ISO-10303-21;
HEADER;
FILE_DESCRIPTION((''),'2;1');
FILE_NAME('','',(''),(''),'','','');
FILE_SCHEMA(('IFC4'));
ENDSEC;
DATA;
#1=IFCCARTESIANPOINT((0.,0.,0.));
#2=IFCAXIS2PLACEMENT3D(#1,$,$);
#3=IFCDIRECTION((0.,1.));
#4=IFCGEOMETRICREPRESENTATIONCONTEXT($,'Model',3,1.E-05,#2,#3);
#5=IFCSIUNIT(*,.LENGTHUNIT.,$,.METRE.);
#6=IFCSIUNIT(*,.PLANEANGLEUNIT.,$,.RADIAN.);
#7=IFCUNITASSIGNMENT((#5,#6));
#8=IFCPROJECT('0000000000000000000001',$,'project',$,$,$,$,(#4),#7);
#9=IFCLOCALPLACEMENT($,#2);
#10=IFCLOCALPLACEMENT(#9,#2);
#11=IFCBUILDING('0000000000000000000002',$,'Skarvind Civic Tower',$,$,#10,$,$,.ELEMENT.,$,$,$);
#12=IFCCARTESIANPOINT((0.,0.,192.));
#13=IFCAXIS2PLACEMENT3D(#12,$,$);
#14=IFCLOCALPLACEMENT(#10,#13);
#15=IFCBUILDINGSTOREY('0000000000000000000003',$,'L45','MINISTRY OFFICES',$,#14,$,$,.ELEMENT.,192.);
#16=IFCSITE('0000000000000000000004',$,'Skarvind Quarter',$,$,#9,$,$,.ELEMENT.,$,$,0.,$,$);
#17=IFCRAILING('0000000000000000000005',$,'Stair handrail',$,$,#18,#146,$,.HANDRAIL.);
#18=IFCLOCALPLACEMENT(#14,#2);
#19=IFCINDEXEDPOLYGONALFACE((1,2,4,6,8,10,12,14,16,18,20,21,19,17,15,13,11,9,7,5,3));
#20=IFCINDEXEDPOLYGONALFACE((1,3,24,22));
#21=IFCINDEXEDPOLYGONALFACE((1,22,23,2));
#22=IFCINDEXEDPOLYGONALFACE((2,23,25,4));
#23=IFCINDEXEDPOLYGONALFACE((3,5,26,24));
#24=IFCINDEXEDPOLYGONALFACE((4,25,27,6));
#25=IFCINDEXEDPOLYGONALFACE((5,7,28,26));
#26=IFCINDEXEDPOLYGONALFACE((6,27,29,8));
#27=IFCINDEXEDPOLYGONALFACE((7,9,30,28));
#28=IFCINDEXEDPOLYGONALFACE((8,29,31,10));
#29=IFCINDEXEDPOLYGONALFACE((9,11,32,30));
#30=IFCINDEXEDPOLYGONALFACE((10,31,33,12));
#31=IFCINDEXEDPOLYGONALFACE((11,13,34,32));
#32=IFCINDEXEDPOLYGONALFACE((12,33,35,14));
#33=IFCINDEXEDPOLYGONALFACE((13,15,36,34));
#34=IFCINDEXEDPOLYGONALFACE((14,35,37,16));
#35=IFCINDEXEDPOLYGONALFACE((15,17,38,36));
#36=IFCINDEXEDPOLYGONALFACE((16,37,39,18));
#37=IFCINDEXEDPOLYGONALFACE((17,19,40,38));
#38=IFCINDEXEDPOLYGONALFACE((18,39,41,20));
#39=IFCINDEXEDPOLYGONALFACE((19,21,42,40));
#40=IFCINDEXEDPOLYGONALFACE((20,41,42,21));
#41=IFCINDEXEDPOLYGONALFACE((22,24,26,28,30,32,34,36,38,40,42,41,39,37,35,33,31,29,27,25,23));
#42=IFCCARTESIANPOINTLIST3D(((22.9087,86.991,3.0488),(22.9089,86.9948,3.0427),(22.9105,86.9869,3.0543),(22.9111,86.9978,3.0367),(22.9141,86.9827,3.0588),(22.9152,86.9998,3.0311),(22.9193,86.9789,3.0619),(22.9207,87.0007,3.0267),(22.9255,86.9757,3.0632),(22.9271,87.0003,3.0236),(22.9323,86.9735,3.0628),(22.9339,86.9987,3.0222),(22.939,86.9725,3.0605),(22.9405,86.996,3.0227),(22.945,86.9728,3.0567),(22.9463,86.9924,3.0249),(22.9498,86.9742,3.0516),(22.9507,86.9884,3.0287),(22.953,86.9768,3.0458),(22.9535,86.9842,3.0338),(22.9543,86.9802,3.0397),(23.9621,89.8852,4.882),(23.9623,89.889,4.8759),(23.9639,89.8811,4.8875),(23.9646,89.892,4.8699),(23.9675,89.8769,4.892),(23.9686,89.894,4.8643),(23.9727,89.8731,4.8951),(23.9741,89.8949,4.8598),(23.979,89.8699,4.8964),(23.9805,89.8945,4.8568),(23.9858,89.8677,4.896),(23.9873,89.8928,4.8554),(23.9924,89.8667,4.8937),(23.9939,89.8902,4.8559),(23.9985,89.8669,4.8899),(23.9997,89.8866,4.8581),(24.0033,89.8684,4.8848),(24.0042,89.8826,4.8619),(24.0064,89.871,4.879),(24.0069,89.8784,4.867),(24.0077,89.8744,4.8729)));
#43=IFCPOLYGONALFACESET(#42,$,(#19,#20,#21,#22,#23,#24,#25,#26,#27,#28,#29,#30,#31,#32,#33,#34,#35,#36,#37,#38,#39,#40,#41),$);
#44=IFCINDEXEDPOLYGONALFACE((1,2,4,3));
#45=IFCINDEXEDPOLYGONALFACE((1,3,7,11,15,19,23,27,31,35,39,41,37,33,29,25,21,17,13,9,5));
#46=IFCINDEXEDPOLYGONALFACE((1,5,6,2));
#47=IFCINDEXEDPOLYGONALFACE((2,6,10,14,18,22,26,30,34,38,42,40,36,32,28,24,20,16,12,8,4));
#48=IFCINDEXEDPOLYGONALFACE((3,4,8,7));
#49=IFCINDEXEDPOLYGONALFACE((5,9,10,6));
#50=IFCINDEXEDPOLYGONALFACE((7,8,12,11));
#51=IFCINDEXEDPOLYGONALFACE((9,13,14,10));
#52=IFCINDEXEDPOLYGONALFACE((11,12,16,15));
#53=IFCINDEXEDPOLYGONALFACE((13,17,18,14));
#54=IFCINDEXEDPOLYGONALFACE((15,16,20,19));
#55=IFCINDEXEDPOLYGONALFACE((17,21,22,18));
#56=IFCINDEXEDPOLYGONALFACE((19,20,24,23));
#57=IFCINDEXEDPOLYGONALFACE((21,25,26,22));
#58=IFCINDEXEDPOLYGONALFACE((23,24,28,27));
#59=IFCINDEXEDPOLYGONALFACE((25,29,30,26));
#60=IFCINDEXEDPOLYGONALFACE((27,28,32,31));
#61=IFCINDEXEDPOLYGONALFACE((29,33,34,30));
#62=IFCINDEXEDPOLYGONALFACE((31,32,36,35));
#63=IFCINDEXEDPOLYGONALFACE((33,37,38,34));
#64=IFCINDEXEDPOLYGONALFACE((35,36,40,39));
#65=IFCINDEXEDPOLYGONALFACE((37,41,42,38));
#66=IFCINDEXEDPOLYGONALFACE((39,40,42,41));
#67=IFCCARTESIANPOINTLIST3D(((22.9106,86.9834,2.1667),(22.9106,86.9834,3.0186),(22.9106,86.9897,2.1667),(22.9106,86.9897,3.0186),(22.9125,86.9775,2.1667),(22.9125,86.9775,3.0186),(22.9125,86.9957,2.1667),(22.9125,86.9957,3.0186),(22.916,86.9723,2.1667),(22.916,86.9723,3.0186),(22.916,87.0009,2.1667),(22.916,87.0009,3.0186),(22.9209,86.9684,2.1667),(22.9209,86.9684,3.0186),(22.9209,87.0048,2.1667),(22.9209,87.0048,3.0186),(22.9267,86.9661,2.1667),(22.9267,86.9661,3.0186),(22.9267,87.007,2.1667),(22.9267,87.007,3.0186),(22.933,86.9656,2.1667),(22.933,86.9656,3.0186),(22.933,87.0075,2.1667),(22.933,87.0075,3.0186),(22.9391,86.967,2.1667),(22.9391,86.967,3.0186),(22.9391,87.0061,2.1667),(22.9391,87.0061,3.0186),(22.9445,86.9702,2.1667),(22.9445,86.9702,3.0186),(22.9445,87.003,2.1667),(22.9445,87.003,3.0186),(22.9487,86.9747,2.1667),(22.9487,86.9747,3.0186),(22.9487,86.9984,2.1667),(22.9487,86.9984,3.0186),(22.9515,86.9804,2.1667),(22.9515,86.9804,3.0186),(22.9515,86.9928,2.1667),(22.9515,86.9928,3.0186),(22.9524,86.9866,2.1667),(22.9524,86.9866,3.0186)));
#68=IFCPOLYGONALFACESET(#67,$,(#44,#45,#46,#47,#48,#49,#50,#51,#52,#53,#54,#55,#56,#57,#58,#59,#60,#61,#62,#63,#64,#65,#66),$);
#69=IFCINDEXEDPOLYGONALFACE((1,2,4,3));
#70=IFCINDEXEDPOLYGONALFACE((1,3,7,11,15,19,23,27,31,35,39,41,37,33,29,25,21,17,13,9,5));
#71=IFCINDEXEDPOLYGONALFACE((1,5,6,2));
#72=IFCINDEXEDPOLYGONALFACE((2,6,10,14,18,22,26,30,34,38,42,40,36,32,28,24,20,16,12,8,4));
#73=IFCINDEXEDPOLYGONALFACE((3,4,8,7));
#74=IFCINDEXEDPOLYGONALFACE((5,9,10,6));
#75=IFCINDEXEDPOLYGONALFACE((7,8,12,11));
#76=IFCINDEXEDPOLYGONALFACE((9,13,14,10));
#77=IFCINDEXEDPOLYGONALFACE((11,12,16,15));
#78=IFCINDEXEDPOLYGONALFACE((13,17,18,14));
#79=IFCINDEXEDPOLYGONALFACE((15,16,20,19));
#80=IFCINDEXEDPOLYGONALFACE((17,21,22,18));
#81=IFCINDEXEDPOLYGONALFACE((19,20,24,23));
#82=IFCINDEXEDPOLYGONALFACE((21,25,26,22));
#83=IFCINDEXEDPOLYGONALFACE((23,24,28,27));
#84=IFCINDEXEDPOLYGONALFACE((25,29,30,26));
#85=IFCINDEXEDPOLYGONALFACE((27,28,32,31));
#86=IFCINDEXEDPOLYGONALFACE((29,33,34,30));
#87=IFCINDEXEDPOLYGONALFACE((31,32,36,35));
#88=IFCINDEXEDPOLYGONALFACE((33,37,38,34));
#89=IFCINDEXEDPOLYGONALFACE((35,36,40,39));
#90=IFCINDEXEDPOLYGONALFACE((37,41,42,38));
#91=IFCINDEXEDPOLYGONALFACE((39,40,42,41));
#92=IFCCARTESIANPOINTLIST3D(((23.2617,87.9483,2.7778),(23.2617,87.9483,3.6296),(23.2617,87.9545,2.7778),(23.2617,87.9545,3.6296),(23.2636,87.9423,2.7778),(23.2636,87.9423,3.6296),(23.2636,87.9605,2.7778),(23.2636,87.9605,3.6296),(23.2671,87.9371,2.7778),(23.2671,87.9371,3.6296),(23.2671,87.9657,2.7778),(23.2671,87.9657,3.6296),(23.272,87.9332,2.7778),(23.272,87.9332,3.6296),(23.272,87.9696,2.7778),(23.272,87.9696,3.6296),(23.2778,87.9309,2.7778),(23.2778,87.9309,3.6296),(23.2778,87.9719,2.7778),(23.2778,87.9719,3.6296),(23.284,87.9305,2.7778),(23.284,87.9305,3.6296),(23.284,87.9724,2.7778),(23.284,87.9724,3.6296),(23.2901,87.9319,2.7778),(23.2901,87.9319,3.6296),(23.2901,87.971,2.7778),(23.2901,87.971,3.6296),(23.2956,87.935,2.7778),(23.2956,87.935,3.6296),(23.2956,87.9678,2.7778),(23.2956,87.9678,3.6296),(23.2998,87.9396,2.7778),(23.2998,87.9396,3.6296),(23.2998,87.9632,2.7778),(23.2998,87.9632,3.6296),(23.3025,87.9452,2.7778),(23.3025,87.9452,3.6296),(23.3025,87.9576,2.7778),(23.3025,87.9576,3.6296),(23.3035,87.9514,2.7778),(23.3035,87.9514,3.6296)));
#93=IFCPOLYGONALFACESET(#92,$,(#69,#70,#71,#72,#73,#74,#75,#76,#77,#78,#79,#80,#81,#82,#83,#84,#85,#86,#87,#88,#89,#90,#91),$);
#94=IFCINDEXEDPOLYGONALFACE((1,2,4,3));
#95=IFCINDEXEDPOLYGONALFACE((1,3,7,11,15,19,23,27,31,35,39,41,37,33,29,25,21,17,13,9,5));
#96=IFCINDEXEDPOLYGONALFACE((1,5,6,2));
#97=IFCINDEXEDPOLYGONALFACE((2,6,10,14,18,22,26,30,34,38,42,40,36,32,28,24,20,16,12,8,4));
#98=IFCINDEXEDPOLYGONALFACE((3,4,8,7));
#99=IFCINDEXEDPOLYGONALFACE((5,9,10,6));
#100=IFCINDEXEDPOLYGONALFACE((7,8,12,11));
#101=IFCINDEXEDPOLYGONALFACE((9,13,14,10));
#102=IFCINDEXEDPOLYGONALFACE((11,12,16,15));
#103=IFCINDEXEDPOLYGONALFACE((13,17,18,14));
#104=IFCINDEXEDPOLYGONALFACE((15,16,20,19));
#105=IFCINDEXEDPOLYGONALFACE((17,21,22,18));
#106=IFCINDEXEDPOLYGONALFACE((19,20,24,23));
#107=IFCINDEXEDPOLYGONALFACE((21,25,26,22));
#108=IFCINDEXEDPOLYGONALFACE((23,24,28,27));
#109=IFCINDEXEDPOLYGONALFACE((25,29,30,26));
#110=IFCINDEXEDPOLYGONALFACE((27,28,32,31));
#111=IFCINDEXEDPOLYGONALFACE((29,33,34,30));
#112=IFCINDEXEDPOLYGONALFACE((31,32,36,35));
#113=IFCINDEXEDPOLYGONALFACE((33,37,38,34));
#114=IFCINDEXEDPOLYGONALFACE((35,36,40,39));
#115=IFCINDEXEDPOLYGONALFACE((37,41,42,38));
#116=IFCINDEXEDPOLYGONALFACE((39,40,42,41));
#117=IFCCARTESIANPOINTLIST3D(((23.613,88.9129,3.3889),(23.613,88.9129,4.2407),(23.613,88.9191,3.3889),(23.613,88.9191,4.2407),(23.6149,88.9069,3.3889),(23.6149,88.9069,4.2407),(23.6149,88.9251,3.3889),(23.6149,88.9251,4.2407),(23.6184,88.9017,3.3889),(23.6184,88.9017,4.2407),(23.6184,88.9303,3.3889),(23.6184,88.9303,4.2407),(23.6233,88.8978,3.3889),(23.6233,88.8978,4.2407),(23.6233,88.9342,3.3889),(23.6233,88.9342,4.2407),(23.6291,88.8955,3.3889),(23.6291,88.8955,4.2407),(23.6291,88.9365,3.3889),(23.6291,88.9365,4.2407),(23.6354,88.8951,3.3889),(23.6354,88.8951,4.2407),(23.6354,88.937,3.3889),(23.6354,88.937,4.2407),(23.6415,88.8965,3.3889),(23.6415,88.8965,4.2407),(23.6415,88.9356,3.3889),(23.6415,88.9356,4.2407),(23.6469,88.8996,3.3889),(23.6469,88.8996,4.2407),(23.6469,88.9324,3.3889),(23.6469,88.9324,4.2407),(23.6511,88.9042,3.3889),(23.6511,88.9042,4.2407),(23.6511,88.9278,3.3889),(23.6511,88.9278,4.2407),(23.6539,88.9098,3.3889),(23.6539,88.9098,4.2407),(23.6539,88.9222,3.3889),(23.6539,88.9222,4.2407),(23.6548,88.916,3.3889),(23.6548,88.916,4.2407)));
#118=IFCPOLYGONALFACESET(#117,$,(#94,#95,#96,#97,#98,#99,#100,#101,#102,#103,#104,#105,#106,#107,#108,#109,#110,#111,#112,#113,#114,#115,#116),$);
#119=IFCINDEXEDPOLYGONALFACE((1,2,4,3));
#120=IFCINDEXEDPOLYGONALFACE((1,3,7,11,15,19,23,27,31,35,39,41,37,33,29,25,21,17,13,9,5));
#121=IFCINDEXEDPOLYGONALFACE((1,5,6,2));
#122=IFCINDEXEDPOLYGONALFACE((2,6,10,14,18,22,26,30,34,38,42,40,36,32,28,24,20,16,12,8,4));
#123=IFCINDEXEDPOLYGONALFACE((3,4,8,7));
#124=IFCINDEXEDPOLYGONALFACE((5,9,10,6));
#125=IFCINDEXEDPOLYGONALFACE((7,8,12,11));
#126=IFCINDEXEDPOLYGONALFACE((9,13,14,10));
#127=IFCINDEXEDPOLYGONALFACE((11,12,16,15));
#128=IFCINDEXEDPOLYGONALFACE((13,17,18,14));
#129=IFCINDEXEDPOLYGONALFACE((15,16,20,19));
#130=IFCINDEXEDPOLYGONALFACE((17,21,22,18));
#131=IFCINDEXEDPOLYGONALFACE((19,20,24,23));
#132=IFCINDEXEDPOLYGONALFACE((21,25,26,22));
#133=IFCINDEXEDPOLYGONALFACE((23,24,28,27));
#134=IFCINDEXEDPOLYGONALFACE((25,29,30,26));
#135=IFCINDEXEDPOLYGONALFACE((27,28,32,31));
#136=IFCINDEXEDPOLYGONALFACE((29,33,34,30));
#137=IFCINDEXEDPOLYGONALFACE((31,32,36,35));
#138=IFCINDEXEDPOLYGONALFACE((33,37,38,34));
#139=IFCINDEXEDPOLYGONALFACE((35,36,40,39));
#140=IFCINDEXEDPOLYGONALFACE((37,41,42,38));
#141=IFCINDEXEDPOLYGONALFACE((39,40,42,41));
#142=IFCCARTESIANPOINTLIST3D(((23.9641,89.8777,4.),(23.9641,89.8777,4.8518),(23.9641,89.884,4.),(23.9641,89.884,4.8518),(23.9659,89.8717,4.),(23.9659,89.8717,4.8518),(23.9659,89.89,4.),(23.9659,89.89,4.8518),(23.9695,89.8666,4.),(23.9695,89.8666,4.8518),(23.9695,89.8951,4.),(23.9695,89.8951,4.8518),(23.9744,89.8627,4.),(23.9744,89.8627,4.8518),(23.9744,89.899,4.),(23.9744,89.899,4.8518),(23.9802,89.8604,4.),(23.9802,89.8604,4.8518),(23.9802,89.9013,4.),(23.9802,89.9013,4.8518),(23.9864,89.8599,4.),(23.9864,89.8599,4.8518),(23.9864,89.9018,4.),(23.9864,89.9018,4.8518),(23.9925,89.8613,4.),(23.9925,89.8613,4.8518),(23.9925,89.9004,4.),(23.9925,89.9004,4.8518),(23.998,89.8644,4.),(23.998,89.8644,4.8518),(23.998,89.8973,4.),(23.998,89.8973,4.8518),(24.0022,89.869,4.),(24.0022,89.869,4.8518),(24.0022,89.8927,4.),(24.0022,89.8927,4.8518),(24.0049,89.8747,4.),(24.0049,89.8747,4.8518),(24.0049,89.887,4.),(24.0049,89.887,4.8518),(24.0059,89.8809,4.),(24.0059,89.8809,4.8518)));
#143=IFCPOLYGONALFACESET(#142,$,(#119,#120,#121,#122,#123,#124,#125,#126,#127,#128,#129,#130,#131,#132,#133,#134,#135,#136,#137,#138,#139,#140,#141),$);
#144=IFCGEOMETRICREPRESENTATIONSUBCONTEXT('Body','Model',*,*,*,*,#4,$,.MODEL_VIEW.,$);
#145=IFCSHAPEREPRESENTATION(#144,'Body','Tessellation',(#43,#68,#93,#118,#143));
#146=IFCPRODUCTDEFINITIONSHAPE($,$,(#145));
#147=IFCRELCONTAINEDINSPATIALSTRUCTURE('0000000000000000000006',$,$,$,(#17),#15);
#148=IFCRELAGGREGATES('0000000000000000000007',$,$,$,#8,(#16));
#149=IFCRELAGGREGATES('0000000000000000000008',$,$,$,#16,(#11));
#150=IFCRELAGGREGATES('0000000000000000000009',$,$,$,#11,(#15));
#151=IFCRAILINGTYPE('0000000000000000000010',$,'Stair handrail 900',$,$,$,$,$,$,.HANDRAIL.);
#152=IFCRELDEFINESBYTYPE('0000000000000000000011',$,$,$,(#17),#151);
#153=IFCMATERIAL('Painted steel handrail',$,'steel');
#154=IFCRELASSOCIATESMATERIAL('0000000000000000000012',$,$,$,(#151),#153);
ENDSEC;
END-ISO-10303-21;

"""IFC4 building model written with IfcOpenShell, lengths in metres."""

from ifc_helpers import new_model, si_unit, direction, frame, origin, origin_2d, place, context, subcontext, project, spatial, circle, extrude, material, type_object, element, save


model = new_model("IFC4")

# Units and contexts
model_context = context("Model", 3, precision=1e-05, world=origin(), true_north=direction((0.0, 1.0)))
body_context = subcontext(model_context, "Body", "Model", "MODEL_VIEW")
ifc_project = project(units=[si_unit("LENGTHUNIT", "METRE"), si_unit("PLANEANGLEUNIT", "RADIAN")], contexts=[model_context])

# Site, building, storey
site_placement = place(None, origin())
site = spatial("IfcSite", under=ifc_project, at=site_placement, Name="Skarvind Quarter", CompositionType="ELEMENT", RefElevation=0.0)
building_placement = place(site_placement, origin())
building = spatial("IfcBuilding", under=site, at=building_placement, Name="Skarvind Civic Tower", CompositionType="ELEMENT")
storey_placement = place(building_placement, frame((0.0, 0.0, 192.0)))
storey = spatial("IfcBuildingStorey", under=building, at=storey_placement, Name="L45", Description="MINISTRY OFFICES", CompositionType="ELEMENT", Elevation=192.0)

# Railing
ifc_material_1 = material(Name="Painted steel handrail", Category="steel")
railing_type = type_object("IfcRailingType", Name="Stair handrail 900", PredefinedType="HANDRAIL", material=ifc_material_1)
railing_1_placement = place(storey_placement, frame((22.9314, 86.9866, 2.1667)))
element("IfcRailing", 1, at=railing_1_placement, inside=storey, type_object=railing_type, Name="Stair handrail", PredefinedType="HANDRAIL", context=body_context, shape_type="SweptSolid", body=[
    extrude(circle(Radius=0.0239, at=origin_2d()), frame((0.0, 0.0, 0.876), z_axis=(0.293908, 0.807481, 0.511461), x_axis=(-0.939689, 0.342029, 0.0)), (0.0, 0.0, 1.0), 3.5842),
    extrude(circle(Radius=0.021, at=origin_2d()), origin(), (0.0, 0.0, 1.0), 0.8518),
    extrude(circle(Radius=0.021, at=origin_2d()), frame((0.3511, 0.9648, 0.6111)), (0.0, 0.0, 1.0), 0.8518),
    extrude(circle(Radius=0.021, at=origin_2d()), frame((0.7024, 1.9294, 1.2222)), (0.0, 0.0, 1.0), 0.8518),
    extrude(circle(Radius=0.021, at=origin_2d()), frame((1.0535, 2.8943, 1.8333)), (0.0, 0.0, 1.0), 0.8518),
])

save(model, "model.ifc")
